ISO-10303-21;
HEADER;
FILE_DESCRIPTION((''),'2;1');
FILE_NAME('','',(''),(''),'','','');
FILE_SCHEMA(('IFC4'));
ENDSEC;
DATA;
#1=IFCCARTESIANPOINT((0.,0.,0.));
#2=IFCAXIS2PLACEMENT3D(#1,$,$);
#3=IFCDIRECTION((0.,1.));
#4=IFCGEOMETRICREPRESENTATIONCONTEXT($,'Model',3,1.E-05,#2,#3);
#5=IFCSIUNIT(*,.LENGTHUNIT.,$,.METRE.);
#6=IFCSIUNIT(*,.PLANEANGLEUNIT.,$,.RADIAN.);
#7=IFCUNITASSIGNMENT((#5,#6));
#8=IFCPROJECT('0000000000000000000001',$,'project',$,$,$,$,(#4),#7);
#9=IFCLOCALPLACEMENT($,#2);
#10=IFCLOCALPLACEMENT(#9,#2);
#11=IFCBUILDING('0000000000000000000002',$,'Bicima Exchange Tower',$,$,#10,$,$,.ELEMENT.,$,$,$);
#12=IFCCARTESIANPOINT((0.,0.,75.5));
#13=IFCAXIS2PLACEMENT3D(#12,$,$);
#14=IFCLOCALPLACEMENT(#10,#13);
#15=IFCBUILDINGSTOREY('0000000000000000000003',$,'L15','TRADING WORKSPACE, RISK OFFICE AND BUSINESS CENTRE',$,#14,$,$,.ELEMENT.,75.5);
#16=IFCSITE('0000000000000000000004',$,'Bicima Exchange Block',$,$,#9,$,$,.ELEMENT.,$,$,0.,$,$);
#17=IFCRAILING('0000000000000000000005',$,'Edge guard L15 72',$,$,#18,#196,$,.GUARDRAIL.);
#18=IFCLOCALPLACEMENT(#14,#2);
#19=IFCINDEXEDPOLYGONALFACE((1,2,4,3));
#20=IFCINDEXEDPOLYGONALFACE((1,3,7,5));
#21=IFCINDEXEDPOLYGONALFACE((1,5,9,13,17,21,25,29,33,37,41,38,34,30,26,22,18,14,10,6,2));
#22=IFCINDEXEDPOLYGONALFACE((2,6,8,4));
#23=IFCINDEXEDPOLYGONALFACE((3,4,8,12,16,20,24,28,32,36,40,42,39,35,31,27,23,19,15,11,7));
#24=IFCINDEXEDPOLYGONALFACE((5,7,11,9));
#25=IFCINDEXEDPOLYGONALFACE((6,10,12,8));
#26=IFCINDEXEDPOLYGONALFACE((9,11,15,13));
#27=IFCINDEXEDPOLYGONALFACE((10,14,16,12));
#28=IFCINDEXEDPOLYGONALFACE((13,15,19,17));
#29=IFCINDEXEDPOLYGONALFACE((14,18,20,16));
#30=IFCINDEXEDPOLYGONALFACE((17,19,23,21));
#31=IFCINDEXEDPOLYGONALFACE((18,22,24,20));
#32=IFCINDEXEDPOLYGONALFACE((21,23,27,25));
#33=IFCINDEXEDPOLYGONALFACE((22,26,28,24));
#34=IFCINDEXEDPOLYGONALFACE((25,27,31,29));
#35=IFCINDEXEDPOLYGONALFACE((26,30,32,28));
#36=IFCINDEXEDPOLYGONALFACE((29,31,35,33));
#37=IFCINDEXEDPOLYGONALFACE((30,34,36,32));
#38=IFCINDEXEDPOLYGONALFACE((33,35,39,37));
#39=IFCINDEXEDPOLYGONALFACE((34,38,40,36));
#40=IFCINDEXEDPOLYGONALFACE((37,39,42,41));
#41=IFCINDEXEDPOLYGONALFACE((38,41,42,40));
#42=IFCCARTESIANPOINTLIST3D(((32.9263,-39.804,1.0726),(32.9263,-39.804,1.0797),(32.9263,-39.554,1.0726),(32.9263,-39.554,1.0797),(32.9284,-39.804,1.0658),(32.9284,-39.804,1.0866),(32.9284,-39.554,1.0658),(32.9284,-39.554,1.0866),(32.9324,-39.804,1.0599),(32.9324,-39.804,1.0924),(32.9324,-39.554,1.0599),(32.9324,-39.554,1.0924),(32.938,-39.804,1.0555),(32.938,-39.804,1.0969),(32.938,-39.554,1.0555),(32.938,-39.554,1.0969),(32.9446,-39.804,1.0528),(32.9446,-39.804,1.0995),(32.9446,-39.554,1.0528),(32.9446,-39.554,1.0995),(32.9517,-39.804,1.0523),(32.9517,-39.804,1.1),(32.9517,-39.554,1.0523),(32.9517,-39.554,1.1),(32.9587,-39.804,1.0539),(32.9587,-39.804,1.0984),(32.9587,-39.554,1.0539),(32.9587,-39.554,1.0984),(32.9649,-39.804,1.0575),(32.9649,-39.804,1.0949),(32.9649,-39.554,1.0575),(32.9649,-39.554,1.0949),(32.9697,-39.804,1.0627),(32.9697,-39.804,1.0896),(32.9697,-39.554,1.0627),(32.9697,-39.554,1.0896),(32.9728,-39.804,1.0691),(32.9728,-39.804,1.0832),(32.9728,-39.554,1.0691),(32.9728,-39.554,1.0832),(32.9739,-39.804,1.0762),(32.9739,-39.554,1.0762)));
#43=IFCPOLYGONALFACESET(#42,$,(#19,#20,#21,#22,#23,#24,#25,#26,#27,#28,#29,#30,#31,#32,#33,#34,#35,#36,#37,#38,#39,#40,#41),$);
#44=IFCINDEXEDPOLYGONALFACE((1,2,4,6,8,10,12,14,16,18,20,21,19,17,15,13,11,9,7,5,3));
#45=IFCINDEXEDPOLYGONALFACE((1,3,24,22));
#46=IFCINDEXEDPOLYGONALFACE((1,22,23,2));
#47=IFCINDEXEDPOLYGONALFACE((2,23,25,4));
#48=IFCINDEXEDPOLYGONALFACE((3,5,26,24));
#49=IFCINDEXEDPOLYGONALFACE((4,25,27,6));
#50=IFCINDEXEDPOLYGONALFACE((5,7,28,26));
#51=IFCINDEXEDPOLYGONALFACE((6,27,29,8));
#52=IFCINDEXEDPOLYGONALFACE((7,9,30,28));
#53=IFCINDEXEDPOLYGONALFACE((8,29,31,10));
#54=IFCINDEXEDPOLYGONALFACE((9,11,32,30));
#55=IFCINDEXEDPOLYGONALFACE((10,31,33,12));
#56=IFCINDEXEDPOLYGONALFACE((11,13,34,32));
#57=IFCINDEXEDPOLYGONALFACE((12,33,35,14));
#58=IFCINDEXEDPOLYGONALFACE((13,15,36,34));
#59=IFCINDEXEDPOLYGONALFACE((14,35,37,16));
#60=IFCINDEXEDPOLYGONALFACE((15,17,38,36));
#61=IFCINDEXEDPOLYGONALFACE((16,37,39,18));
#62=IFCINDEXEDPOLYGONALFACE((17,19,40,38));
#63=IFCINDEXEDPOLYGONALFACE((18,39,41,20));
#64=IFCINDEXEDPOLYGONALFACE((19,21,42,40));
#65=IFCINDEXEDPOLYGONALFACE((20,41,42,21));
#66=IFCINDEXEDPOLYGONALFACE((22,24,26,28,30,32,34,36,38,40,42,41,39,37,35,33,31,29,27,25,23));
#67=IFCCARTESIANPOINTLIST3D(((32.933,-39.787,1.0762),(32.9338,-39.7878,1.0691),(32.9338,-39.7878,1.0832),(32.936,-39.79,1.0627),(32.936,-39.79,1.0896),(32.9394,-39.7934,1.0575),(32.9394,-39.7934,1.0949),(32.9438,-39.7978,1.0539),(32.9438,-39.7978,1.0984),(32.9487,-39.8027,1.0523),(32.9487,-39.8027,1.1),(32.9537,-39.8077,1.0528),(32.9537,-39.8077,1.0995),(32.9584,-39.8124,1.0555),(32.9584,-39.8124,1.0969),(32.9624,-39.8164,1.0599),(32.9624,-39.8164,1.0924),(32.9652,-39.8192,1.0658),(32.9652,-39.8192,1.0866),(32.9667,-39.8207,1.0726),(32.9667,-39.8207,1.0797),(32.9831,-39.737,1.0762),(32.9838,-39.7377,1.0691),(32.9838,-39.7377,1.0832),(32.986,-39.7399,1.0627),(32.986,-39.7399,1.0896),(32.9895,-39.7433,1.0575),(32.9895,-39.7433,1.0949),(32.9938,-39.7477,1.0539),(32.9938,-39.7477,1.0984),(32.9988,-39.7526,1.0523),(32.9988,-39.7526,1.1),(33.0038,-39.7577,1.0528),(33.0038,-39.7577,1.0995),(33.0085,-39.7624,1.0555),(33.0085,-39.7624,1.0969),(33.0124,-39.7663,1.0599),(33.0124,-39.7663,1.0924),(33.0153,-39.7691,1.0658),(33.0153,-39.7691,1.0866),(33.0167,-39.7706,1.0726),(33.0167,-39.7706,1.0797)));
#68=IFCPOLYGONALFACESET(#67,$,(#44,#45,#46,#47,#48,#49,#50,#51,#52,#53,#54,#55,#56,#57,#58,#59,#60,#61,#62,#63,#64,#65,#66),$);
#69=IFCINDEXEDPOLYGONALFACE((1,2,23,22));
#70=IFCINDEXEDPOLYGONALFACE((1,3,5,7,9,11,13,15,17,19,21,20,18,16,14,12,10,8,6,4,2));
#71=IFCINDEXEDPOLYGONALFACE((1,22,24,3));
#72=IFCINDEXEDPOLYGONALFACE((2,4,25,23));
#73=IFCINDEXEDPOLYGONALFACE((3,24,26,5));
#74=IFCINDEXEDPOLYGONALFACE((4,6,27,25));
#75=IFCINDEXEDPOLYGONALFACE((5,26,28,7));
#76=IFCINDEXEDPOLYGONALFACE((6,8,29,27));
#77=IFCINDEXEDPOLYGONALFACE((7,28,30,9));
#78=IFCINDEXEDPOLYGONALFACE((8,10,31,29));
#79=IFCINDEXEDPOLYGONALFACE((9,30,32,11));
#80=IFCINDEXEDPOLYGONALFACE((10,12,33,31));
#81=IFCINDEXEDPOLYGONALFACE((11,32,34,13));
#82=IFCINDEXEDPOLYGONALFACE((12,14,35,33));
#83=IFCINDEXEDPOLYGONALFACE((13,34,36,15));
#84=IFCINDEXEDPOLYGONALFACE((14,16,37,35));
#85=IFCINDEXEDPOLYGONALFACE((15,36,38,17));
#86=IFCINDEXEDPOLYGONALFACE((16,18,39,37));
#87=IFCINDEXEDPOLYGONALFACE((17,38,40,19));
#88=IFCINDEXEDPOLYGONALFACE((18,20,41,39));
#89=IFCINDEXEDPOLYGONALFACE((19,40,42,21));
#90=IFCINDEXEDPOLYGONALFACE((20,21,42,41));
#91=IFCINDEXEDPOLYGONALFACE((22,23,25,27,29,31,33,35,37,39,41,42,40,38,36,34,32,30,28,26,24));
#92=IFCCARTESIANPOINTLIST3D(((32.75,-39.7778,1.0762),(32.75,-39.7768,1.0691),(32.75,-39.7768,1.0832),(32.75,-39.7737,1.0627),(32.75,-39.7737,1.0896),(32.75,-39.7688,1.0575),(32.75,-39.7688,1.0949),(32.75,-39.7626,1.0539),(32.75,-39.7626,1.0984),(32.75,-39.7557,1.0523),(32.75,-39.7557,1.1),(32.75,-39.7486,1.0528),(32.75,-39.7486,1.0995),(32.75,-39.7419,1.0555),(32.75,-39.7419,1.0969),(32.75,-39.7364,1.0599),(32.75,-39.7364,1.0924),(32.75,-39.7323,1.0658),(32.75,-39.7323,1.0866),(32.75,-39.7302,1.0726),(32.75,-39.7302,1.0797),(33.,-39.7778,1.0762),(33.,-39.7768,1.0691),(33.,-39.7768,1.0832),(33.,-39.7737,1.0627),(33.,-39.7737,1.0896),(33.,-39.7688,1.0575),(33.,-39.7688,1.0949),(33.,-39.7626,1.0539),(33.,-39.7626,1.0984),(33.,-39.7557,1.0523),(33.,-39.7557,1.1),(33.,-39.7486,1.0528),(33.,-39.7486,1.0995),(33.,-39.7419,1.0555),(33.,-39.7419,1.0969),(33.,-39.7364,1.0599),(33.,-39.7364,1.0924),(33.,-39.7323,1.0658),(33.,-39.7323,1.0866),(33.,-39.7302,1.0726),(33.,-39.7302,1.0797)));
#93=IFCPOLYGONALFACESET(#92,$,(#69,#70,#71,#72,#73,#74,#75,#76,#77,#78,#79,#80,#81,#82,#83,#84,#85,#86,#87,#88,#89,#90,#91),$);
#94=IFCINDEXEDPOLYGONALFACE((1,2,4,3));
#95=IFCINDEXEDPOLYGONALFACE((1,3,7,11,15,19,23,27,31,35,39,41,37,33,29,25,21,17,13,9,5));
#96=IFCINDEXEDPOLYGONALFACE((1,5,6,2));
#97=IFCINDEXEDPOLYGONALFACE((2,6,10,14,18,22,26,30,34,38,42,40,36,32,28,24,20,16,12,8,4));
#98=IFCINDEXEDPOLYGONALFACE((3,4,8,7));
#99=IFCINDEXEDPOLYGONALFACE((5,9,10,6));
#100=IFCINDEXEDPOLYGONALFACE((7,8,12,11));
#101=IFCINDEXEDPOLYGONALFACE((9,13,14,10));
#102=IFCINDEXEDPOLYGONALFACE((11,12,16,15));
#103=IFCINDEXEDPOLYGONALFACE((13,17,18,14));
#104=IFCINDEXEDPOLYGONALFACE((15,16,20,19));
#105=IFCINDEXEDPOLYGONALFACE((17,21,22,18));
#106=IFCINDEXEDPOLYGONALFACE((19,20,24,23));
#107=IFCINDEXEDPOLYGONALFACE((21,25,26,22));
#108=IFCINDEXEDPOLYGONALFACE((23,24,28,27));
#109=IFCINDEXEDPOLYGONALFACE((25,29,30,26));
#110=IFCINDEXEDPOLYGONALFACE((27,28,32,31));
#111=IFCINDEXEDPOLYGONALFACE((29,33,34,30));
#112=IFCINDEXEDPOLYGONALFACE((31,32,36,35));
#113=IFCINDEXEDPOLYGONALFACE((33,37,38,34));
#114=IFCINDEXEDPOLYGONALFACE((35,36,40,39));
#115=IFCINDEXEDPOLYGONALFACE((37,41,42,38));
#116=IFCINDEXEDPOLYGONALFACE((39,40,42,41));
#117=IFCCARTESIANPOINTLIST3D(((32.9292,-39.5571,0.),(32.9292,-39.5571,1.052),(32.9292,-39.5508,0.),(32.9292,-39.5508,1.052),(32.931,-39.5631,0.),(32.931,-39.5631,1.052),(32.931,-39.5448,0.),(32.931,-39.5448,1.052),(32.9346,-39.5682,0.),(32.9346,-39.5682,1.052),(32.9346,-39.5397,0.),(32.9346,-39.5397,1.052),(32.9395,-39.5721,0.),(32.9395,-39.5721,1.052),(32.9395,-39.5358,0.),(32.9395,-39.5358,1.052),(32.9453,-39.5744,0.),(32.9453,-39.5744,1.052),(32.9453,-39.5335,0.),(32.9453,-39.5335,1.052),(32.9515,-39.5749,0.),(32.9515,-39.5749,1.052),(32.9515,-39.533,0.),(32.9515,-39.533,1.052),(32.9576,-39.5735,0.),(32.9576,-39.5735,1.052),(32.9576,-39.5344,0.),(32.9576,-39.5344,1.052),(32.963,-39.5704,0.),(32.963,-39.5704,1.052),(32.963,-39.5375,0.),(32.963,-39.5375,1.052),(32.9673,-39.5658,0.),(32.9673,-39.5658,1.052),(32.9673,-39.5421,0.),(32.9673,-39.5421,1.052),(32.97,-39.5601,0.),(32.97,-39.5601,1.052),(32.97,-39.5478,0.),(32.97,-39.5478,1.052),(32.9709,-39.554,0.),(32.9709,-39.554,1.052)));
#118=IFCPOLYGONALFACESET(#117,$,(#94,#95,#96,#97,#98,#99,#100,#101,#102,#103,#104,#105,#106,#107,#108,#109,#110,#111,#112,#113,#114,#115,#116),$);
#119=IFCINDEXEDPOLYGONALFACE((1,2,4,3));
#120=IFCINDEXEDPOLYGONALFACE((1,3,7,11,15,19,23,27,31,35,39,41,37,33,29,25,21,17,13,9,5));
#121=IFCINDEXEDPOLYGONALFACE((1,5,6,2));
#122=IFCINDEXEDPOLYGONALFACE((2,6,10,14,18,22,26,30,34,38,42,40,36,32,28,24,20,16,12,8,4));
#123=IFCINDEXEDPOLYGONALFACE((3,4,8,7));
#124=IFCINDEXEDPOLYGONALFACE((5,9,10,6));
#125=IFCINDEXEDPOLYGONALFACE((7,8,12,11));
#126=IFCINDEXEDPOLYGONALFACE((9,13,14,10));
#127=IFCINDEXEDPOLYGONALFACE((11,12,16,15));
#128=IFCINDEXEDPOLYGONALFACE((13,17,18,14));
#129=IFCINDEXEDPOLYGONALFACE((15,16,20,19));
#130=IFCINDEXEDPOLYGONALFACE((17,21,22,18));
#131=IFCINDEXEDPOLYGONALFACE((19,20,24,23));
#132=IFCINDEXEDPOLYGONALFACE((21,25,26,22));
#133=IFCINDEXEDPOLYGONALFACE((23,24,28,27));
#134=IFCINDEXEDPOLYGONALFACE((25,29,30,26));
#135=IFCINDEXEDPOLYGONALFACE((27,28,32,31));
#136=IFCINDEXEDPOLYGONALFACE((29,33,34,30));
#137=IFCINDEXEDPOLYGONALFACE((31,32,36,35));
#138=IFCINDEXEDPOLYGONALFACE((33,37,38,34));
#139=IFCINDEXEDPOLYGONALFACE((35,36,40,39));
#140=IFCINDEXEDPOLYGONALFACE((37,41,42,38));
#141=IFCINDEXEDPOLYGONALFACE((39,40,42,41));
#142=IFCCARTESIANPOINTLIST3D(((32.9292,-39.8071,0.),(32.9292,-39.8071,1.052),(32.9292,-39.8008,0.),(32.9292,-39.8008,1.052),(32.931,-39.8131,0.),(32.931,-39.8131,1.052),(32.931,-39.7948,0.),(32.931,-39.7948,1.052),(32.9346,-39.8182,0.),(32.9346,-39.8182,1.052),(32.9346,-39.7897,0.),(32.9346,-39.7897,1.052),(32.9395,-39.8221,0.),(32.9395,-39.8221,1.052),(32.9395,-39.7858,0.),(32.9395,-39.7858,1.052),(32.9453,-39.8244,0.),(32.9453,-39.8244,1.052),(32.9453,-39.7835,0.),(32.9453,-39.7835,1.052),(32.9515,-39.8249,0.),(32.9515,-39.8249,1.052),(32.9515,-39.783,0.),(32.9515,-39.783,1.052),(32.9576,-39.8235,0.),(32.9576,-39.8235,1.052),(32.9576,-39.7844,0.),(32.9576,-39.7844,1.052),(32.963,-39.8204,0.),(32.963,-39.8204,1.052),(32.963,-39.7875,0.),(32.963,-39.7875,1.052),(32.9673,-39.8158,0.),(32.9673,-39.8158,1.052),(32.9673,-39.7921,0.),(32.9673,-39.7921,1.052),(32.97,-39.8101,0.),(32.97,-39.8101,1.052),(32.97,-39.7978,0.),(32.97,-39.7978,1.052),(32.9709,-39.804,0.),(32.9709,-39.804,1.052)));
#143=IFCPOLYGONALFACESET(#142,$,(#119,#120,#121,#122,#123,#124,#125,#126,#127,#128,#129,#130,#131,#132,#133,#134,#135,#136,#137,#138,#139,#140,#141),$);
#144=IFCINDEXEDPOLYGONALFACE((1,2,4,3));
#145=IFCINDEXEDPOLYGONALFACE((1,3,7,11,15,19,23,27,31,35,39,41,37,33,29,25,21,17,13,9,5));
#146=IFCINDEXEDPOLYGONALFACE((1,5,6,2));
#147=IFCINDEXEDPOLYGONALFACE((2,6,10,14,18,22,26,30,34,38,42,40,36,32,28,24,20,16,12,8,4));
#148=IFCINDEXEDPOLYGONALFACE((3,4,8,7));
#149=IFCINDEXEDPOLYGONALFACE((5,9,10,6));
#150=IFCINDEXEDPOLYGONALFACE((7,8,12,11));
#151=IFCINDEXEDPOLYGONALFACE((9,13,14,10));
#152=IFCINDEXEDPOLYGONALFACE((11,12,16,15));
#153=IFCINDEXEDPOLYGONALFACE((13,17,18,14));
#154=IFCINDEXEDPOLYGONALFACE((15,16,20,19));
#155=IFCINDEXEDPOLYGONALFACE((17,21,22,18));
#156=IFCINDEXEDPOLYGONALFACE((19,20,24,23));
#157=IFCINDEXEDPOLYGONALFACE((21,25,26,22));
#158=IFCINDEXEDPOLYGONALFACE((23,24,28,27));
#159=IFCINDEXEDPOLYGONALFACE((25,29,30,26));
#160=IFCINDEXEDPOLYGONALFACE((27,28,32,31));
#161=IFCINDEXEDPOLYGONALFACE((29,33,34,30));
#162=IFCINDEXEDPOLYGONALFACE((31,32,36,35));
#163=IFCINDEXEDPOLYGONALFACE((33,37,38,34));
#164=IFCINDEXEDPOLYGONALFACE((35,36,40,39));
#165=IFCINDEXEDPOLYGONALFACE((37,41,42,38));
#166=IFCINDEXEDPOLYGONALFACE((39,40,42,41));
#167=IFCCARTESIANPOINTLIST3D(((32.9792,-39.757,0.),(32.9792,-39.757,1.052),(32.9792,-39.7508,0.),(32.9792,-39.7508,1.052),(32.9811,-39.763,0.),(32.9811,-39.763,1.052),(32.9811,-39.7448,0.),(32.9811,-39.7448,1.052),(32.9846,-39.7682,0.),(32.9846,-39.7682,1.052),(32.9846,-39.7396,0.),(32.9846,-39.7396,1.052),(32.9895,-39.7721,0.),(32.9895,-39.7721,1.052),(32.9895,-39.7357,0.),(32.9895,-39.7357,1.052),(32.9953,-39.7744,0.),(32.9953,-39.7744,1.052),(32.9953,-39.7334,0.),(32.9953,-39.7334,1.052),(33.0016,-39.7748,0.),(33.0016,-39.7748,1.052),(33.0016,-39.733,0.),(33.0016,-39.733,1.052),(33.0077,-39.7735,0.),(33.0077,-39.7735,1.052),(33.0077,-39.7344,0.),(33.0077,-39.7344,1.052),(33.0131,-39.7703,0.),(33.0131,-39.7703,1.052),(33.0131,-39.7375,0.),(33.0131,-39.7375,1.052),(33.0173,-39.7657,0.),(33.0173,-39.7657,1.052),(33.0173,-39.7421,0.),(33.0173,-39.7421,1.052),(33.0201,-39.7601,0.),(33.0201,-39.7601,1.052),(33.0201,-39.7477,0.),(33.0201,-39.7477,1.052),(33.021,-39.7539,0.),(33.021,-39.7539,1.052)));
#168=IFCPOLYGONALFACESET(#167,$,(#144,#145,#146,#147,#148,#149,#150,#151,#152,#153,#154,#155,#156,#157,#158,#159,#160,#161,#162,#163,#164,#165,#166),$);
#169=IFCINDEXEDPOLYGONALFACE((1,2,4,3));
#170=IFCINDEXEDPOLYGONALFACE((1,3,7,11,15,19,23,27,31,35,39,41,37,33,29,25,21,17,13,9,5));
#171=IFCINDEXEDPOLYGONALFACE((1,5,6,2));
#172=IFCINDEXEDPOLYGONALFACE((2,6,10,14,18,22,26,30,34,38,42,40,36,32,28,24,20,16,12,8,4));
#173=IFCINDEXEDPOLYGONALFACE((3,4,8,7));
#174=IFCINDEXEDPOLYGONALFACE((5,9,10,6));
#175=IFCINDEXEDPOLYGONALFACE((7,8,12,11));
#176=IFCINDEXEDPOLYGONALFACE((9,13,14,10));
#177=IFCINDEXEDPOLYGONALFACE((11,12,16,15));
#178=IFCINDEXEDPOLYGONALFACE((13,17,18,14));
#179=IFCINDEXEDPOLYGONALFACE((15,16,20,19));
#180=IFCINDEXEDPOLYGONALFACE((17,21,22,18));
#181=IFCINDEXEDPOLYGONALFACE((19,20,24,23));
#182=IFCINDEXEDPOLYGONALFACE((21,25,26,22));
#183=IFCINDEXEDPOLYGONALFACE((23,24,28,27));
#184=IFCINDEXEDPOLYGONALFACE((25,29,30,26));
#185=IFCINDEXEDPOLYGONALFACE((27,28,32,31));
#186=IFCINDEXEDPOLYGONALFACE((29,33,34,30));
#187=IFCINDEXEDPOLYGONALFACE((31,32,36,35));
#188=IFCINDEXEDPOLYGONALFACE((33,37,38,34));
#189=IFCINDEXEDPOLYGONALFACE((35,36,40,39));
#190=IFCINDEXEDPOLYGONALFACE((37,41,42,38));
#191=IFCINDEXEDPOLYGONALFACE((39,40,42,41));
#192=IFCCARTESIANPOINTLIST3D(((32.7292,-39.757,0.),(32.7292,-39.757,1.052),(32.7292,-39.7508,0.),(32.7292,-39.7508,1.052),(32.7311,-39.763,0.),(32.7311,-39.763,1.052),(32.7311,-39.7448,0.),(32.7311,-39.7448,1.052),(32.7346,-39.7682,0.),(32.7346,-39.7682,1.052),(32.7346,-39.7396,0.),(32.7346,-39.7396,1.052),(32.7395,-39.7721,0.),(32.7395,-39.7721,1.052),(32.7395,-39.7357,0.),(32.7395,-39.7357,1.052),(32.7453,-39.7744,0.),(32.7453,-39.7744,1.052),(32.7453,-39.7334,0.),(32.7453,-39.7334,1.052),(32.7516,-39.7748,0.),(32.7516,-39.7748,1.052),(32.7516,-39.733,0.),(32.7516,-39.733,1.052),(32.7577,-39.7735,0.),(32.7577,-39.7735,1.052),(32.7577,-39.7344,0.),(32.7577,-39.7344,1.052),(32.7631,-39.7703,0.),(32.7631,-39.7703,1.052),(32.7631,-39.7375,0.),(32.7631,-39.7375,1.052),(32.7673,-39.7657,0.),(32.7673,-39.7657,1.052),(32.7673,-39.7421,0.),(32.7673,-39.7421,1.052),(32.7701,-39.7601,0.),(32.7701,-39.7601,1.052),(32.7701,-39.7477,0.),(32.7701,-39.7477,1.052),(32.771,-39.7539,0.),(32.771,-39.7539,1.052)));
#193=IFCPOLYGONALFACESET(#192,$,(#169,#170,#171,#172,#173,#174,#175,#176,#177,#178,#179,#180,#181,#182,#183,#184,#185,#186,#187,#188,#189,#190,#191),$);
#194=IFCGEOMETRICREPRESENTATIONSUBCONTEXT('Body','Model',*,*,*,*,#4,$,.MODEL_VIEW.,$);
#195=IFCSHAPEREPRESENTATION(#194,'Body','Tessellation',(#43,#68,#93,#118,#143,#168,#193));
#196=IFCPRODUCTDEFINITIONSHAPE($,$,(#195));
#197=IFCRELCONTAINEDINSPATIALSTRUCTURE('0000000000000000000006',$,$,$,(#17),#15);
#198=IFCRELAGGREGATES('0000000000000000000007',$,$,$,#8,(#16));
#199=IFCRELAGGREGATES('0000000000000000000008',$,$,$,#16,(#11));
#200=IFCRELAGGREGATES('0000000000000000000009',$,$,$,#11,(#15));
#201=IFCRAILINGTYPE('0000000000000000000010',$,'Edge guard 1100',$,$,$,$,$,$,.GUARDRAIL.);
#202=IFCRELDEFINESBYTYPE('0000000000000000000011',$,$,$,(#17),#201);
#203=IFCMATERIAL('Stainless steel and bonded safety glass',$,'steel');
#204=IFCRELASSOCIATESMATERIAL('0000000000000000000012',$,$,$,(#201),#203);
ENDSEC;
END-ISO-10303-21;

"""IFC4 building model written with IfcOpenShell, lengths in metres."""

from ifc_helpers import new_model, si_unit, direction, frame, origin, origin_2d, place, context, subcontext, project, spatial, circle, extrude, material, type_object, element, save


model = new_model("IFC4")

# Units and contexts
model_context = context("Model", 3, precision=1e-05, world=origin(), true_north=direction((0.0, 1.0)))
body_context = subcontext(model_context, "Body", "Model", "MODEL_VIEW")
ifc_project = project(units=[si_unit("LENGTHUNIT", "METRE"), si_unit("PLANEANGLEUNIT", "RADIAN")], contexts=[model_context])

# Site, building, storey
site_placement = place(None, origin())
site = spatial("IfcSite", under=ifc_project, at=site_placement, Name="Bicima Exchange Block", CompositionType="ELEMENT", RefElevation=0.0)
building_placement = place(site_placement, origin())
building = spatial("IfcBuilding", under=site, at=building_placement, Name="Bicima Exchange Tower", CompositionType="ELEMENT")
storey_placement = place(building_placement, frame((0.0, 0.0, 75.5)))
storey = spatial("IfcBuildingStorey", under=building, at=storey_placement, Name="L15", Description="TRADING WORKSPACE, RISK OFFICE AND BUSINESS CENTRE", CompositionType="ELEMENT", Elevation=75.5)

# Railing
ifc_material_1 = material(Name="Stainless steel and bonded safety glass", Category="steel")
railing_type = type_object("IfcRailingType", Name="Edge guard 1100", PredefinedType="GUARDRAIL", material=ifc_material_1)
railing_1_placement = place(storey_placement, frame((32.95, -39.554, 0.0)))
element("IfcRailing", 1, at=railing_1_placement, inside=storey, type_object=railing_type, Name="Edge guard L15 72", PredefinedType="GUARDRAIL", context=body_context, shape_type="SweptSolid", body=[
    extrude(circle(Radius=0.0239, at=origin_2d()), frame((0.0, 0.0, 1.0762), z_axis=(0.0, -1.0, 0.0), x_axis=(1.0, 0.0, 0.0)), (0.0, 0.0, 1.0), 0.25),
    extrude(circle(Radius=0.0239, at=origin_2d()), frame((0.0, -0.25, 1.0762), z_axis=(0.707107, 0.707107, 0.0), x_axis=(-0.707107, 0.707107, 0.0)), (0.0, 0.0, 1.0), 0.0708),
    extrude(circle(Radius=0.0239, at=origin_2d()), frame((0.05, -0.2, 1.0762), z_axis=(-1.0, 0.0, 0.0), x_axis=(0.0, -1.0, 0.0)), (0.0, 0.0, 1.0), 0.25),
    extrude(circle(Radius=0.021, at=origin_2d()), origin(), (0.0, 0.0, 1.0), 1.052),
    extrude(circle(Radius=0.021, at=origin_2d()), frame((0.0, -0.25, 0.0)), (0.0, 0.0, 1.0), 1.052),
    extrude(circle(Radius=0.021, at=origin_2d()), frame((0.05, -0.2, 0.0)), (0.0, 0.0, 1.0), 1.052),
    extrude(circle(Radius=0.021, at=origin_2d()), frame((-0.2, -0.2, 0.0)), (0.0, 0.0, 1.0), 1.052),
])

save(model, "model.ifc")
